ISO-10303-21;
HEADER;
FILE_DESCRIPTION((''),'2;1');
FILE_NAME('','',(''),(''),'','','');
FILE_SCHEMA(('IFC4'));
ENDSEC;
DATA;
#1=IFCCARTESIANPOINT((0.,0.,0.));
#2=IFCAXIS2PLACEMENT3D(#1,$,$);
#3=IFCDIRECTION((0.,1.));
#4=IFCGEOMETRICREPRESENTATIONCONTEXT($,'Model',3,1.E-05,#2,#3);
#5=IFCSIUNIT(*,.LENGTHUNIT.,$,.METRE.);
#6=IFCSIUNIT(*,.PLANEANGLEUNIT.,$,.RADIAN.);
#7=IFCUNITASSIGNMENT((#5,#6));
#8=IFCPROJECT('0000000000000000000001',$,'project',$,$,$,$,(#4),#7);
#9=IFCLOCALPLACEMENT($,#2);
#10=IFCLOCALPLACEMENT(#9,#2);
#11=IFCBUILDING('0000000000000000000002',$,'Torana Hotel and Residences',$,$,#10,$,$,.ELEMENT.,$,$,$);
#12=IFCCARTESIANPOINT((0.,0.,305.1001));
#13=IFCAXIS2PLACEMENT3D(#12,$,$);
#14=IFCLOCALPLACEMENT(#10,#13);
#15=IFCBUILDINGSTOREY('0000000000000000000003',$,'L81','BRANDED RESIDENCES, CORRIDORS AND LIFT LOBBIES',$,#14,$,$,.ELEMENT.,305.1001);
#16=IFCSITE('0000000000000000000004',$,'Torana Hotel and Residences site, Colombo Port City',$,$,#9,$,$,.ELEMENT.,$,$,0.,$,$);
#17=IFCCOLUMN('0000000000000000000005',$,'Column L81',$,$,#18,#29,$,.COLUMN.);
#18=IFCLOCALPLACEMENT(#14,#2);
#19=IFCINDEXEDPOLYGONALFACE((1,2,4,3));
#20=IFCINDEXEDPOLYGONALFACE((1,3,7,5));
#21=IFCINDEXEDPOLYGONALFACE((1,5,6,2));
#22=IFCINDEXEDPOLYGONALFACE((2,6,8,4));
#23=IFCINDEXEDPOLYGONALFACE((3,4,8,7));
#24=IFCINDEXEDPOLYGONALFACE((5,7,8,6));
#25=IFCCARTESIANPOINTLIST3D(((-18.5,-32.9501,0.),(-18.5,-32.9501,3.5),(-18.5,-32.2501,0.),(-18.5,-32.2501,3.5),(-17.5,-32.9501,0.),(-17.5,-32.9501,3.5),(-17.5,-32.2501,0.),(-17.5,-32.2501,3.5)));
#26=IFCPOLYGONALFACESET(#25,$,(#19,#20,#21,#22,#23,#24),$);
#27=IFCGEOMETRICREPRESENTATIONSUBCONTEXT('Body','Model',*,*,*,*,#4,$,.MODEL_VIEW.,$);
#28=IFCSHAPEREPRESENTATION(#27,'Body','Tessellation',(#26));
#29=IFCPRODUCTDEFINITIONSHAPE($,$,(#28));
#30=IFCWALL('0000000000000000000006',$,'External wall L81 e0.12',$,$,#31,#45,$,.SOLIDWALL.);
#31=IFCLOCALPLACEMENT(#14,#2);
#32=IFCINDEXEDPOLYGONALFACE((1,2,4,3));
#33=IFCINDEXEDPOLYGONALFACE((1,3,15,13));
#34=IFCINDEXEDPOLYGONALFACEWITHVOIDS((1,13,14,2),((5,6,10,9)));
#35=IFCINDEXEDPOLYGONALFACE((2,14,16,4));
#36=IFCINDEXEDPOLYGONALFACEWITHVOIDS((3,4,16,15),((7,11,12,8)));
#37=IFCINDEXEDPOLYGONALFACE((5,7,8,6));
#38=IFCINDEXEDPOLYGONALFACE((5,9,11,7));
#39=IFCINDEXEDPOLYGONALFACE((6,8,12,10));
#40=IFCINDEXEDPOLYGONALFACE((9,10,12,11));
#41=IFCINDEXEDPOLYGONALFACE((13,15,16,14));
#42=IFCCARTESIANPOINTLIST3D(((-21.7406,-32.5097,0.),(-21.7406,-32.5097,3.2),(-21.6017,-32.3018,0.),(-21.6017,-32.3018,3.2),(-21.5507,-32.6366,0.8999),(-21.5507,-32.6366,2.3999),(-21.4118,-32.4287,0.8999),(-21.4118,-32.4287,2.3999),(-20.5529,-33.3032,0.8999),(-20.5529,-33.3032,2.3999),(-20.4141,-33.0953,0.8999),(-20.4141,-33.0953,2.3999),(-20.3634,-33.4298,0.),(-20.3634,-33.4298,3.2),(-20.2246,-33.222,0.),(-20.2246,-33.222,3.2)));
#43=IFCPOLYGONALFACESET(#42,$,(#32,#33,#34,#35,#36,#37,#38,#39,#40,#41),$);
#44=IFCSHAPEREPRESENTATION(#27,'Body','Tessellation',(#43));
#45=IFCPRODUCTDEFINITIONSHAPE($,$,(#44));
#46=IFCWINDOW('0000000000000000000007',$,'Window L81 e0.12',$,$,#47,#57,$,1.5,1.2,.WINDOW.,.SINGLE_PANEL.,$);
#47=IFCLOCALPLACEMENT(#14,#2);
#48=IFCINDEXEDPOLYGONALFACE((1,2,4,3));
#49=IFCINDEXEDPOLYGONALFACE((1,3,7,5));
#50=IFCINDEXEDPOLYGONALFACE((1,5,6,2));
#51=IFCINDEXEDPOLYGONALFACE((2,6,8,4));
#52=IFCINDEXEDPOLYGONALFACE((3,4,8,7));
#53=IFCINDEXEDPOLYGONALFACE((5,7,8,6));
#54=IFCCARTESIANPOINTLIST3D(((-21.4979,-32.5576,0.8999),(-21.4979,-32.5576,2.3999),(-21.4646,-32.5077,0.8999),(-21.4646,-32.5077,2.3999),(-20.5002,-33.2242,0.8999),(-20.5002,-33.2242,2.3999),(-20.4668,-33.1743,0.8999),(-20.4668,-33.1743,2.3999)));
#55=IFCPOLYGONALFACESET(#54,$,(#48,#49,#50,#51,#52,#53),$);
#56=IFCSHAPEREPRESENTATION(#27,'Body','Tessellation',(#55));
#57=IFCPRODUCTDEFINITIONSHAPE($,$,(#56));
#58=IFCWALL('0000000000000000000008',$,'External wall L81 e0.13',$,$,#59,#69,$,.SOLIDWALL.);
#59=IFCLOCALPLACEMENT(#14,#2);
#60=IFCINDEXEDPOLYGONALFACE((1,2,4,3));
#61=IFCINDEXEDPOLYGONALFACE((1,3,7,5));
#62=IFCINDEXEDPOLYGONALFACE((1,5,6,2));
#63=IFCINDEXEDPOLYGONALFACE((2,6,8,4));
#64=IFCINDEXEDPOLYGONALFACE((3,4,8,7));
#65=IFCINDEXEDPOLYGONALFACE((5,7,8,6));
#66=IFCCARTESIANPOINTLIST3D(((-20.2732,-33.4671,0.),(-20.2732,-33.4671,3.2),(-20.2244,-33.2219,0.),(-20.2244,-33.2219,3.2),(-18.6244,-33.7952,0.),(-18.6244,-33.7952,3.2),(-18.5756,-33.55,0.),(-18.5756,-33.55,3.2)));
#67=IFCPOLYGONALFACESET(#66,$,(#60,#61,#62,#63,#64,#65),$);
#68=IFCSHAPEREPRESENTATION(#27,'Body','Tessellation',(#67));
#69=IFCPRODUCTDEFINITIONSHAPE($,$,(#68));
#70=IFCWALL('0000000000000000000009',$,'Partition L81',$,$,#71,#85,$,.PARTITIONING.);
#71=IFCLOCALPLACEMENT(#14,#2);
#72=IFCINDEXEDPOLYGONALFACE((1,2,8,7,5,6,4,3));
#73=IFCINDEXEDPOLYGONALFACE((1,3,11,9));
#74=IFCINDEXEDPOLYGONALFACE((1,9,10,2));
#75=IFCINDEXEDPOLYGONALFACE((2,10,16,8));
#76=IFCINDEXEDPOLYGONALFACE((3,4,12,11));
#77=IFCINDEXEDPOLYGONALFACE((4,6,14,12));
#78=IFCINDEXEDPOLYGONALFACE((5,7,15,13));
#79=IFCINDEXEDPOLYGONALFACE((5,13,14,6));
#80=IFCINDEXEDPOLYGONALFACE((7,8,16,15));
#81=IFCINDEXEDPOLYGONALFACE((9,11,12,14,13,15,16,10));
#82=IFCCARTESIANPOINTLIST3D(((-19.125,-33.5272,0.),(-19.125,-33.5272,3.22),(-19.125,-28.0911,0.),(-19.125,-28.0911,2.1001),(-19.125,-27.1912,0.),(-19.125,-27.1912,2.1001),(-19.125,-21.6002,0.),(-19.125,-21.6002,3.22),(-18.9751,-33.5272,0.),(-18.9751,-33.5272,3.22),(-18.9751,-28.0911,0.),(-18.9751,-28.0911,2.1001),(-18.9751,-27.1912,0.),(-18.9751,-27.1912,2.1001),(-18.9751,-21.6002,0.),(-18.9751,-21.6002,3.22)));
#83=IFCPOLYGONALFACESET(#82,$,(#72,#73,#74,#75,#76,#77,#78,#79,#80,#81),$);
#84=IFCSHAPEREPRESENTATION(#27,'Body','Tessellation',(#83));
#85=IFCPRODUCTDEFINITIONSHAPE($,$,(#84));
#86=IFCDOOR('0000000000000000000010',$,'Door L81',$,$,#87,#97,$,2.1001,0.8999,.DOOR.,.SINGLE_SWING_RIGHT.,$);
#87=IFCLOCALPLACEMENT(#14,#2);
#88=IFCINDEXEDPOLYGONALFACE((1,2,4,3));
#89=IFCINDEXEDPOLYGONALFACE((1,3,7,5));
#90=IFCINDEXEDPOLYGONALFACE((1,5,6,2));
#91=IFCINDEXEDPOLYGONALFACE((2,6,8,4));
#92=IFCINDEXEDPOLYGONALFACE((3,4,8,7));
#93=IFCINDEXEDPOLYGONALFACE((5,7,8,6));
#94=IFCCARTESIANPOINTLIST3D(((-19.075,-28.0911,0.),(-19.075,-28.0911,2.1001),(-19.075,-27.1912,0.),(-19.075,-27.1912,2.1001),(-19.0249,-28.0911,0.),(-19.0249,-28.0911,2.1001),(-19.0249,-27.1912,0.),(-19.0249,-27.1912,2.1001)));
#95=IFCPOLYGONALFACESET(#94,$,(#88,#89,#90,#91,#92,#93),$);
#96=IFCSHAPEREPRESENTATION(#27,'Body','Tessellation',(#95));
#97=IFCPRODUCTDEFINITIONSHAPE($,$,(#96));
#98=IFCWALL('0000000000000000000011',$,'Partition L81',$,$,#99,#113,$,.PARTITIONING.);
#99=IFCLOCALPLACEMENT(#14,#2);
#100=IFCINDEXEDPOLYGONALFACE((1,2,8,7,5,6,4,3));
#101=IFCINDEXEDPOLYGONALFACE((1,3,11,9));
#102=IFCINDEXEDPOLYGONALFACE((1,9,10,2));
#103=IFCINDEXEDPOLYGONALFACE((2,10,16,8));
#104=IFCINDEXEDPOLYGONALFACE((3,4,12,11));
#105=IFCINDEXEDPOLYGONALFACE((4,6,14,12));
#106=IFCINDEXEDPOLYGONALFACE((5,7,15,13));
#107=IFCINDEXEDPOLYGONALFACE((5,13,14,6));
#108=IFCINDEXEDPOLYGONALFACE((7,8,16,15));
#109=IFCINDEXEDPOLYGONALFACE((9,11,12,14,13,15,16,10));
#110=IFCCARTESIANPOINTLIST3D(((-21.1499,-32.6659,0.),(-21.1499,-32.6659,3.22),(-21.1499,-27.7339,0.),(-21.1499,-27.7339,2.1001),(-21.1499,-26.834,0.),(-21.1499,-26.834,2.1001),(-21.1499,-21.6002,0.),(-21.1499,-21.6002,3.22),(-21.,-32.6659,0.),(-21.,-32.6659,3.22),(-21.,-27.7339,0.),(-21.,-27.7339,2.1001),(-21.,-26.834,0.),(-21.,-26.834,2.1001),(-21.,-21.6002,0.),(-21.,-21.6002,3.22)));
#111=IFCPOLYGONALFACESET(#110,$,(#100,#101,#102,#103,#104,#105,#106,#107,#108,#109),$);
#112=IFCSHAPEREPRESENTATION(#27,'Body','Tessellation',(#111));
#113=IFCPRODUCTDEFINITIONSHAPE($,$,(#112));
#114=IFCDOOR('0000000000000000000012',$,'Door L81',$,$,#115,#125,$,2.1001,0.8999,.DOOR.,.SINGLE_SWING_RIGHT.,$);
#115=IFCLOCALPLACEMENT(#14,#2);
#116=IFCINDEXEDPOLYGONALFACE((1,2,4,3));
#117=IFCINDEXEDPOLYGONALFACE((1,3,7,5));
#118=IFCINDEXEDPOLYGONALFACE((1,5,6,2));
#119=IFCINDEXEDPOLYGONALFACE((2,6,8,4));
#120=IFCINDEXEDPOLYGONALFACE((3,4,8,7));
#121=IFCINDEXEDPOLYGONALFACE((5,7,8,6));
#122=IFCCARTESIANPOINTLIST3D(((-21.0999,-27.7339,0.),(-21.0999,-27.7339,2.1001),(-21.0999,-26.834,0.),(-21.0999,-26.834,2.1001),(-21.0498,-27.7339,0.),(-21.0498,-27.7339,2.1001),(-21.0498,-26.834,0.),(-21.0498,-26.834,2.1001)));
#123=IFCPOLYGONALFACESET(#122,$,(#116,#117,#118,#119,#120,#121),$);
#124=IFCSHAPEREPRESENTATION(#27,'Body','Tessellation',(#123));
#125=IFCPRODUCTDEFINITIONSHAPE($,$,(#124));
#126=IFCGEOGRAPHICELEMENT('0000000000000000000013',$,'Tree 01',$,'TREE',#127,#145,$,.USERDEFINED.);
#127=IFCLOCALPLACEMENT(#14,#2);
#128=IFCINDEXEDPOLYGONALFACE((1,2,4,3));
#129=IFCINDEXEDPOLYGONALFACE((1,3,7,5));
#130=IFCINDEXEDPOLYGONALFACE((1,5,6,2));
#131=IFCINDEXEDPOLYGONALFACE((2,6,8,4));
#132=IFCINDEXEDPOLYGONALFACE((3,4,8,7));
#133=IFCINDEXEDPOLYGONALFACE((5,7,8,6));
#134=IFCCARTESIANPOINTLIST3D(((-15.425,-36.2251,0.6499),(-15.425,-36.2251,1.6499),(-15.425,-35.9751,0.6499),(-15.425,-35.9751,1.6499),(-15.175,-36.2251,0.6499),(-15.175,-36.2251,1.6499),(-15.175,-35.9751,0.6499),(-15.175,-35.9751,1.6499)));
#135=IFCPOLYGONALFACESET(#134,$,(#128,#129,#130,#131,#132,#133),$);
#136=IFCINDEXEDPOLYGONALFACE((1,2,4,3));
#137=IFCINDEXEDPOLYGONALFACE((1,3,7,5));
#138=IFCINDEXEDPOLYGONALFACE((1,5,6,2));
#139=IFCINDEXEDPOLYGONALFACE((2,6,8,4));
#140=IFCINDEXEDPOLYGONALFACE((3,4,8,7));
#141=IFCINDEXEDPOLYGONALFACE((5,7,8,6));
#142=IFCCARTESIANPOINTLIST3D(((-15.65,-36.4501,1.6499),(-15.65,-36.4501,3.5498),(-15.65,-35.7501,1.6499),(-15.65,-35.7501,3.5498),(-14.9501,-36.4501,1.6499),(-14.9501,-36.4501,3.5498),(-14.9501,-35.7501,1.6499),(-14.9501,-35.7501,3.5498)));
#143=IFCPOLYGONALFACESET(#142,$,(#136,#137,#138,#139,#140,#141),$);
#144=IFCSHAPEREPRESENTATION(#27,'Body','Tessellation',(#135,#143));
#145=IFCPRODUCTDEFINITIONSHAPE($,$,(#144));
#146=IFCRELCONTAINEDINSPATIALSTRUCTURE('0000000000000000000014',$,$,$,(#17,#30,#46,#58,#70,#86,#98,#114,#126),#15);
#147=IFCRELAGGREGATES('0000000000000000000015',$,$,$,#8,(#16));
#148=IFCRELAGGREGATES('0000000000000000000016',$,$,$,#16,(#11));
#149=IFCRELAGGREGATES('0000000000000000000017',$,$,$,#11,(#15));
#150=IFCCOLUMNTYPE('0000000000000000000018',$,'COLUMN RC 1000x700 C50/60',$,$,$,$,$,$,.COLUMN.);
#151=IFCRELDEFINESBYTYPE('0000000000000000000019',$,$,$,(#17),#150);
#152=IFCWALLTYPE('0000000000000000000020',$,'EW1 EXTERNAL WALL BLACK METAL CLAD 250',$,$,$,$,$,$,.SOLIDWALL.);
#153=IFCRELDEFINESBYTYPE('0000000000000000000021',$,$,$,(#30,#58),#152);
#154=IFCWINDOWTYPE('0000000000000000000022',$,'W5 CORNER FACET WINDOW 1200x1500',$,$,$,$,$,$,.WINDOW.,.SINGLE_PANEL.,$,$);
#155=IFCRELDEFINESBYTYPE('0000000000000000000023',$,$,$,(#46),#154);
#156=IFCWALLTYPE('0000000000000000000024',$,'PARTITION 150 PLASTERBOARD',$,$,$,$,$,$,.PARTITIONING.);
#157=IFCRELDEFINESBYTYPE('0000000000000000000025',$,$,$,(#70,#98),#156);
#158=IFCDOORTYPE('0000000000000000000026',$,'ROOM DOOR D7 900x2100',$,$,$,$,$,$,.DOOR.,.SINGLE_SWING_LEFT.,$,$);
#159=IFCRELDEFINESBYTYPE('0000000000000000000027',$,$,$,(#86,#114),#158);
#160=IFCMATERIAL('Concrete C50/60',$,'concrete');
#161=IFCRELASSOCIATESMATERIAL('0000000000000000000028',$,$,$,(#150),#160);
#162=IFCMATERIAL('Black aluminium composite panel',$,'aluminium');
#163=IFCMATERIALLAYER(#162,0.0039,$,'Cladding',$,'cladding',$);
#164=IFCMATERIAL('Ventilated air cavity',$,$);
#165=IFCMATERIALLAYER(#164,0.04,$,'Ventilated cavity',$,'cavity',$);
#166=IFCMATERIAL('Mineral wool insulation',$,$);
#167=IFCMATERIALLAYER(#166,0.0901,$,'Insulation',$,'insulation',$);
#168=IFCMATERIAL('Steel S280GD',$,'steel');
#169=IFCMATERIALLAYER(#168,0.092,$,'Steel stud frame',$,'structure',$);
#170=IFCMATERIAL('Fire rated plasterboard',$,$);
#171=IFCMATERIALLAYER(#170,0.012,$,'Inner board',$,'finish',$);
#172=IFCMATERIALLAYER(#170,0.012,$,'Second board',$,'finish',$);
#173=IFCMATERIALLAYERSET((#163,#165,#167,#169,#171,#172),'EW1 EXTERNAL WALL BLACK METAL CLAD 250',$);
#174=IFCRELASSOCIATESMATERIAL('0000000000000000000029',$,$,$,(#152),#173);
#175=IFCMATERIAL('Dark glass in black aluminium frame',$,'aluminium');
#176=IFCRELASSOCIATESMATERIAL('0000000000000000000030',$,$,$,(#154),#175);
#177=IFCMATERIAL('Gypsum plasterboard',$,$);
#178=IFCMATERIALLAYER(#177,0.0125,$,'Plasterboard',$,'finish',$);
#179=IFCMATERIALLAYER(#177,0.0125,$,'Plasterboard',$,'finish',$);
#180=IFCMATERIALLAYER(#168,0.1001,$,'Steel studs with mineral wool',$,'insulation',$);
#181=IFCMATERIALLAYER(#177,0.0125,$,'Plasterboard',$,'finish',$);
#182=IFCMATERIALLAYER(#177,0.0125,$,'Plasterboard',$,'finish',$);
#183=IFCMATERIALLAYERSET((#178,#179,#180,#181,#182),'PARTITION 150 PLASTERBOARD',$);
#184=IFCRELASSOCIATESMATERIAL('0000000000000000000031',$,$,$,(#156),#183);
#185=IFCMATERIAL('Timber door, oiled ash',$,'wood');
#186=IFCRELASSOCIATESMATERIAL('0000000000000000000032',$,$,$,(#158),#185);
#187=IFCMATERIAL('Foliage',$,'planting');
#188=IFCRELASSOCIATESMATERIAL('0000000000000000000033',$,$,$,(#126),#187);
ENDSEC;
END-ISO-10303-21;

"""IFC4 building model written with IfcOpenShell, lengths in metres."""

from ifc_helpers import new_model, si_unit, direction, frame, frame_2d, origin, origin_2d, place, context, subcontext, project, spatial, rectangle, extrude, material, layer, layer_set, material_profile, profile_set, type_object, element, fill, save


model = new_model("IFC4")

# Units and contexts
model_context = context("Model", 3, precision=1e-05, world=origin(), true_north=direction((0.0, 1.0)))
body_context = subcontext(model_context, "Body", "Model", "MODEL_VIEW")
ifc_project = project(units=[si_unit("LENGTHUNIT", "METRE"), si_unit("PLANEANGLEUNIT", "RADIAN")], contexts=[model_context])

# Site, building, storey
site_placement = place(None, origin())
site = spatial("IfcSite", under=ifc_project, at=site_placement, Name="Torana Hotel and Residences site, Colombo Port City", CompositionType="ELEMENT", RefElevation=0.0)
building_placement = place(site_placement, origin())
building = spatial("IfcBuilding", under=site, at=building_placement, Name="Torana Hotel and Residences", CompositionType="ELEMENT")
storey_placement = place(building_placement, frame((0.0, 0.0, 305.1001)))
storey = spatial("IfcBuildingStorey", under=building, at=storey_placement, Name="L81", Description="BRANDED RESIDENCES, CORRIDORS AND LIFT LOBBIES", CompositionType="ELEMENT", Elevation=305.1001)

# Column
ifc_material_1 = material(Name="Concrete C50/60", Category="concrete")
ifc_material_profile = material_profile(ifc_material_1, rectangle(XDim=1.0, YDim=0.7, at=origin_2d()), Name="RC 1000x700")
ifc_profile_set = profile_set([ifc_material_profile], Name="Concrete C50/60")
column_type = type_object("IfcColumnType", Name="COLUMN RC 1000x700 C50/60", PredefinedType="COLUMN", material=ifc_profile_set)
column_placement = place(storey_placement, frame((-18.0, -32.6001, 0.0), z_axis=(0.0, 0.0, 1.0), x_axis=(1.0, 0.0, 0.0)))
element("IfcColumn", 1, at=column_placement, inside=storey, type_object=column_type, Name="Column L81", PredefinedType="COLUMN", context=body_context, shape_type="SweptSolid", body=[
    extrude(rectangle(XDim=1.0, YDim=0.7, at=origin_2d()), origin(), (0.0, 0.0, 1.0), 3.5),
])

# Wall, opening, window
ifc_material_2 = material(Name="Black aluminium composite panel", Category="aluminium")
ifc_layer_1 = layer(ifc_material_2, 0.0039, Name="Cladding", Category="cladding")
ifc_material_3 = material(Name="Ventilated air cavity")
ifc_layer_2 = layer(ifc_material_3, 0.04, Name="Ventilated cavity", Category="cavity")
ifc_material_4 = material(Name="Mineral wool insulation")
ifc_layer_3 = layer(ifc_material_4, 0.0901, Name="Insulation", Category="insulation")
ifc_material_5 = material(Name="Steel S280GD", Category="steel")
ifc_layer_4 = layer(ifc_material_5, 0.092, Name="Steel stud frame", Category="structure")
ifc_material_6 = material(Name="Fire rated plasterboard")
ifc_layer_5 = layer(ifc_material_6, 0.012, Name="Inner board", Category="finish")
ifc_layer_6 = layer(ifc_material_6, 0.012, Name="Second board", Category="finish")
ifc_layer_set_1 = layer_set([ifc_layer_1, ifc_layer_2, ifc_layer_3, ifc_layer_4, ifc_layer_5, ifc_layer_6], Name="EW1 EXTERNAL WALL BLACK METAL CLAD 250")
wall_type_1 = type_object("IfcWallType", Name="EW1 EXTERNAL WALL BLACK METAL CLAD 250", PredefinedType="SOLIDWALL", material=ifc_layer_set_1)
wall_1_placement = place(storey_placement, frame((-21.6711, -32.4058, 0.0), z_axis=(0.0, 0.0, 1.0), x_axis=(0.831483, -0.55555, 0.0)))
wall_1 = element("IfcWall", 2, at=wall_1_placement, inside=storey, type_object=wall_type_1, Name="External wall L81 e0.12", PredefinedType="SOLIDWALL", context=body_context, shape_type="SweptSolid", body=[
    extrude(rectangle(XDim=1.6562, YDim=0.25, at=frame_2d((0.8281, 0.0))), origin(), (0.0, 0.0, 1.0), 3.2),
])
opening_1_placement = place(wall_1_placement, frame((0.2283, 0.0, 0.8999)))
opening_1 = element("IfcOpeningElement", 3, at=opening_1_placement, cuts=wall_1, PredefinedType="OPENING", context=body_context, shape_type="SweptSolid", body=[
    extrude(rectangle(XDim=1.2, YDim=1.5, at=frame_2d((0.6001, 0.75))), frame((0.0, 0.135, 0.0), z_axis=(0.0, -1.0, 0.0), x_axis=(1.0, 0.0, 0.0)), (0.0, 0.0, 1.0), 0.27),
])
ifc_material_7 = material(Name="Dark glass in black aluminium frame", Category="aluminium")
window_type_1 = type_object("IfcWindowType", Name="W5 CORNER FACET WINDOW 1200x1500", PartitioningType="SINGLE_PANEL", PredefinedType="WINDOW", material=ifc_material_7)
window_1_placement = place(opening_1_placement, origin())
window_1 = element("IfcWindow", 4, at=window_1_placement, inside=storey, type_object=window_type_1, Name="Window L81 e0.12", OverallHeight=1.5, OverallWidth=1.2, PartitioningType="SINGLE_PANEL", PredefinedType="WINDOW", context=body_context, shape_type="SweptSolid", body=[
    extrude(rectangle(XDim=1.2, YDim=1.5, at=frame_2d((0.6001, 0.75))), frame((0.0, 0.03, 0.0), z_axis=(0.0, -1.0, 0.0), x_axis=(1.0, 0.0, 0.0)), (0.0, 0.0, 1.0), 0.0601),
])
fill(opening_1, window_1)

# Wall
wall_2_placement = place(storey_placement, frame((-20.2488, -33.3445, 0.0), z_axis=(0.0, 0.0, 1.0), x_axis=(0.98077, -0.195167, 0.0)))
element("IfcWall", 5, at=wall_2_placement, inside=storey, type_object=wall_type_1, Name="External wall L81 e0.13", PredefinedType="SOLIDWALL", context=body_context, shape_type="SweptSolid", body=[
    extrude(rectangle(XDim=1.6812, YDim=0.25, at=frame_2d((0.8406, 0.0))), origin(), (0.0, 0.0, 1.0), 3.2),
])

# Walls, openings, doors
ifc_material_8 = material(Name="Gypsum plasterboard")
ifc_layer_7 = layer(ifc_material_8, 0.0125, Name="Plasterboard", Category="finish")
ifc_layer_8 = layer(ifc_material_8, 0.0125, Name="Plasterboard", Category="finish")
ifc_layer_9 = layer(ifc_material_5, 0.1001, Name="Steel studs with mineral wool", Category="insulation")
ifc_layer_10 = layer(ifc_material_8, 0.0125, Name="Plasterboard", Category="finish")
ifc_layer_11 = layer(ifc_material_8, 0.0125, Name="Plasterboard", Category="finish")
ifc_layer_set_2 = layer_set([ifc_layer_7, ifc_layer_8, ifc_layer_9, ifc_layer_10, ifc_layer_11], Name="PARTITION 150 PLASTERBOARD")
wall_type_2 = type_object("IfcWallType", Name="PARTITION 150 PLASTERBOARD", PredefinedType="PARTITIONING", material=ifc_layer_set_2)
wall_3_placement = place(storey_placement, frame((-19.05, -33.5271, 0.0), z_axis=(0.0, 0.0, 1.0), x_axis=(0.0, 1.0, 0.0)))
wall_3 = element("IfcWall", 6, at=wall_3_placement, inside=storey, type_object=wall_type_2, Name="Partition L81", PredefinedType="PARTITIONING", context=body_context, shape_type="SweptSolid", body=[
    extrude(rectangle(XDim=11.927, YDim=0.1499, at=frame_2d((5.9634, 0.0))), origin(), (0.0, 0.0, 1.0), 3.22),
])
opening_2_placement = place(wall_3_placement, frame((5.436, 0.0, 0.0)))
opening_2 = element("IfcOpeningElement", 7, at=opening_2_placement, cuts=wall_3, PredefinedType="OPENING", context=body_context, shape_type="SweptSolid", body=[
    extrude(rectangle(XDim=0.8999, YDim=2.1001, at=frame_2d((0.45, 1.05))), frame((0.0, 0.085, 0.0), z_axis=(0.0, -1.0, 0.0), x_axis=(1.0, 0.0, 0.0)), (0.0, 0.0, 1.0), 0.1699),
])
ifc_material_9 = material(Name="Timber door, oiled ash", Category="wood")
door_type_1 = type_object("IfcDoorType", Name="ROOM DOOR D7 900x2100", OperationType="SINGLE_SWING_LEFT", PredefinedType="DOOR", material=ifc_material_9)
door_1_placement = place(opening_2_placement, origin())
door_1 = element("IfcDoor", 8, at=door_1_placement, inside=storey, type_object=door_type_1, Name="Door L81", OperationType="SINGLE_SWING_RIGHT", OverallHeight=2.1001, OverallWidth=0.8999, PredefinedType="DOOR", context=body_context, shape_type="SweptSolid", body=[
    extrude(rectangle(XDim=0.8999, YDim=2.1001, at=frame_2d((0.45, 1.05))), frame((0.0, 0.0249, 0.0), z_axis=(0.0, -1.0, 0.0), x_axis=(1.0, 0.0, 0.0)), (0.0, 0.0, 1.0), 0.05),
])
fill(opening_2, door_1)
wall_4_placement = place(storey_placement, frame((-21.075, -32.6658, 0.0), z_axis=(0.0, 0.0, 1.0), x_axis=(0.0, 1.0, 0.0)))
wall_4 = element("IfcWall", 9, at=wall_4_placement, inside=storey, type_object=wall_type_2, Name="Partition L81", PredefinedType="PARTITIONING", context=body_context, shape_type="SweptSolid", body=[
    extrude(rectangle(XDim=11.0657, YDim=0.1499, at=frame_2d((5.5327, 0.0))), origin(), (0.0, 0.0, 1.0), 3.22),
])
opening_3_placement = place(wall_4_placement, frame((4.9319, 0.0, 0.0)))
opening_3 = element("IfcOpeningElement", 10, at=opening_3_placement, cuts=wall_4, PredefinedType="OPENING", context=body_context, shape_type="SweptSolid", body=[
    extrude(rectangle(XDim=0.8999, YDim=2.1001, at=frame_2d((0.45, 1.05))), frame((0.0, 0.085, 0.0), z_axis=(0.0, -1.0, 0.0), x_axis=(1.0, 0.0, 0.0)), (0.0, 0.0, 1.0), 0.1699),
])
door_2_placement = place(opening_3_placement, origin())
door_2 = element("IfcDoor", 11, at=door_2_placement, inside=storey, type_object=door_type_1, Name="Door L81", OperationType="SINGLE_SWING_RIGHT", OverallHeight=2.1001, OverallWidth=0.8999, PredefinedType="DOOR", context=body_context, shape_type="SweptSolid", body=[
    extrude(rectangle(XDim=0.8999, YDim=2.1001, at=frame_2d((0.45, 1.05))), frame((0.0, 0.0249, 0.0), z_axis=(0.0, -1.0, 0.0), x_axis=(1.0, 0.0, 0.0)), (0.0, 0.0, 1.0), 0.05),
])
fill(opening_3, door_2)

# Geographic element
ifc_material_10 = material(Name="Foliage", Category="planting")
geographic_element_placement = place(storey_placement, frame((-15.3, -36.1001, 0.6499), z_axis=(0.0, 0.0, 1.0), x_axis=(1.0, 0.0, 0.0)))
element("IfcGeographicElement", 12, at=geographic_element_placement, inside=storey, material=ifc_material_10, Name="Tree 01", ObjectType="TREE", PredefinedType="USERDEFINED", context=body_context, shape_type="SweptSolid", body=[
    extrude(rectangle(XDim=0.25, YDim=0.25, at=origin_2d()), origin(), (0.0, 0.0, 1.0), 1.0),
    extrude(rectangle(XDim=0.7, YDim=0.7, at=origin_2d()), frame((0.0, 0.0, 1.0)), (0.0, 0.0, 1.0), 1.8999),
])

save(model, "model.ifc")
